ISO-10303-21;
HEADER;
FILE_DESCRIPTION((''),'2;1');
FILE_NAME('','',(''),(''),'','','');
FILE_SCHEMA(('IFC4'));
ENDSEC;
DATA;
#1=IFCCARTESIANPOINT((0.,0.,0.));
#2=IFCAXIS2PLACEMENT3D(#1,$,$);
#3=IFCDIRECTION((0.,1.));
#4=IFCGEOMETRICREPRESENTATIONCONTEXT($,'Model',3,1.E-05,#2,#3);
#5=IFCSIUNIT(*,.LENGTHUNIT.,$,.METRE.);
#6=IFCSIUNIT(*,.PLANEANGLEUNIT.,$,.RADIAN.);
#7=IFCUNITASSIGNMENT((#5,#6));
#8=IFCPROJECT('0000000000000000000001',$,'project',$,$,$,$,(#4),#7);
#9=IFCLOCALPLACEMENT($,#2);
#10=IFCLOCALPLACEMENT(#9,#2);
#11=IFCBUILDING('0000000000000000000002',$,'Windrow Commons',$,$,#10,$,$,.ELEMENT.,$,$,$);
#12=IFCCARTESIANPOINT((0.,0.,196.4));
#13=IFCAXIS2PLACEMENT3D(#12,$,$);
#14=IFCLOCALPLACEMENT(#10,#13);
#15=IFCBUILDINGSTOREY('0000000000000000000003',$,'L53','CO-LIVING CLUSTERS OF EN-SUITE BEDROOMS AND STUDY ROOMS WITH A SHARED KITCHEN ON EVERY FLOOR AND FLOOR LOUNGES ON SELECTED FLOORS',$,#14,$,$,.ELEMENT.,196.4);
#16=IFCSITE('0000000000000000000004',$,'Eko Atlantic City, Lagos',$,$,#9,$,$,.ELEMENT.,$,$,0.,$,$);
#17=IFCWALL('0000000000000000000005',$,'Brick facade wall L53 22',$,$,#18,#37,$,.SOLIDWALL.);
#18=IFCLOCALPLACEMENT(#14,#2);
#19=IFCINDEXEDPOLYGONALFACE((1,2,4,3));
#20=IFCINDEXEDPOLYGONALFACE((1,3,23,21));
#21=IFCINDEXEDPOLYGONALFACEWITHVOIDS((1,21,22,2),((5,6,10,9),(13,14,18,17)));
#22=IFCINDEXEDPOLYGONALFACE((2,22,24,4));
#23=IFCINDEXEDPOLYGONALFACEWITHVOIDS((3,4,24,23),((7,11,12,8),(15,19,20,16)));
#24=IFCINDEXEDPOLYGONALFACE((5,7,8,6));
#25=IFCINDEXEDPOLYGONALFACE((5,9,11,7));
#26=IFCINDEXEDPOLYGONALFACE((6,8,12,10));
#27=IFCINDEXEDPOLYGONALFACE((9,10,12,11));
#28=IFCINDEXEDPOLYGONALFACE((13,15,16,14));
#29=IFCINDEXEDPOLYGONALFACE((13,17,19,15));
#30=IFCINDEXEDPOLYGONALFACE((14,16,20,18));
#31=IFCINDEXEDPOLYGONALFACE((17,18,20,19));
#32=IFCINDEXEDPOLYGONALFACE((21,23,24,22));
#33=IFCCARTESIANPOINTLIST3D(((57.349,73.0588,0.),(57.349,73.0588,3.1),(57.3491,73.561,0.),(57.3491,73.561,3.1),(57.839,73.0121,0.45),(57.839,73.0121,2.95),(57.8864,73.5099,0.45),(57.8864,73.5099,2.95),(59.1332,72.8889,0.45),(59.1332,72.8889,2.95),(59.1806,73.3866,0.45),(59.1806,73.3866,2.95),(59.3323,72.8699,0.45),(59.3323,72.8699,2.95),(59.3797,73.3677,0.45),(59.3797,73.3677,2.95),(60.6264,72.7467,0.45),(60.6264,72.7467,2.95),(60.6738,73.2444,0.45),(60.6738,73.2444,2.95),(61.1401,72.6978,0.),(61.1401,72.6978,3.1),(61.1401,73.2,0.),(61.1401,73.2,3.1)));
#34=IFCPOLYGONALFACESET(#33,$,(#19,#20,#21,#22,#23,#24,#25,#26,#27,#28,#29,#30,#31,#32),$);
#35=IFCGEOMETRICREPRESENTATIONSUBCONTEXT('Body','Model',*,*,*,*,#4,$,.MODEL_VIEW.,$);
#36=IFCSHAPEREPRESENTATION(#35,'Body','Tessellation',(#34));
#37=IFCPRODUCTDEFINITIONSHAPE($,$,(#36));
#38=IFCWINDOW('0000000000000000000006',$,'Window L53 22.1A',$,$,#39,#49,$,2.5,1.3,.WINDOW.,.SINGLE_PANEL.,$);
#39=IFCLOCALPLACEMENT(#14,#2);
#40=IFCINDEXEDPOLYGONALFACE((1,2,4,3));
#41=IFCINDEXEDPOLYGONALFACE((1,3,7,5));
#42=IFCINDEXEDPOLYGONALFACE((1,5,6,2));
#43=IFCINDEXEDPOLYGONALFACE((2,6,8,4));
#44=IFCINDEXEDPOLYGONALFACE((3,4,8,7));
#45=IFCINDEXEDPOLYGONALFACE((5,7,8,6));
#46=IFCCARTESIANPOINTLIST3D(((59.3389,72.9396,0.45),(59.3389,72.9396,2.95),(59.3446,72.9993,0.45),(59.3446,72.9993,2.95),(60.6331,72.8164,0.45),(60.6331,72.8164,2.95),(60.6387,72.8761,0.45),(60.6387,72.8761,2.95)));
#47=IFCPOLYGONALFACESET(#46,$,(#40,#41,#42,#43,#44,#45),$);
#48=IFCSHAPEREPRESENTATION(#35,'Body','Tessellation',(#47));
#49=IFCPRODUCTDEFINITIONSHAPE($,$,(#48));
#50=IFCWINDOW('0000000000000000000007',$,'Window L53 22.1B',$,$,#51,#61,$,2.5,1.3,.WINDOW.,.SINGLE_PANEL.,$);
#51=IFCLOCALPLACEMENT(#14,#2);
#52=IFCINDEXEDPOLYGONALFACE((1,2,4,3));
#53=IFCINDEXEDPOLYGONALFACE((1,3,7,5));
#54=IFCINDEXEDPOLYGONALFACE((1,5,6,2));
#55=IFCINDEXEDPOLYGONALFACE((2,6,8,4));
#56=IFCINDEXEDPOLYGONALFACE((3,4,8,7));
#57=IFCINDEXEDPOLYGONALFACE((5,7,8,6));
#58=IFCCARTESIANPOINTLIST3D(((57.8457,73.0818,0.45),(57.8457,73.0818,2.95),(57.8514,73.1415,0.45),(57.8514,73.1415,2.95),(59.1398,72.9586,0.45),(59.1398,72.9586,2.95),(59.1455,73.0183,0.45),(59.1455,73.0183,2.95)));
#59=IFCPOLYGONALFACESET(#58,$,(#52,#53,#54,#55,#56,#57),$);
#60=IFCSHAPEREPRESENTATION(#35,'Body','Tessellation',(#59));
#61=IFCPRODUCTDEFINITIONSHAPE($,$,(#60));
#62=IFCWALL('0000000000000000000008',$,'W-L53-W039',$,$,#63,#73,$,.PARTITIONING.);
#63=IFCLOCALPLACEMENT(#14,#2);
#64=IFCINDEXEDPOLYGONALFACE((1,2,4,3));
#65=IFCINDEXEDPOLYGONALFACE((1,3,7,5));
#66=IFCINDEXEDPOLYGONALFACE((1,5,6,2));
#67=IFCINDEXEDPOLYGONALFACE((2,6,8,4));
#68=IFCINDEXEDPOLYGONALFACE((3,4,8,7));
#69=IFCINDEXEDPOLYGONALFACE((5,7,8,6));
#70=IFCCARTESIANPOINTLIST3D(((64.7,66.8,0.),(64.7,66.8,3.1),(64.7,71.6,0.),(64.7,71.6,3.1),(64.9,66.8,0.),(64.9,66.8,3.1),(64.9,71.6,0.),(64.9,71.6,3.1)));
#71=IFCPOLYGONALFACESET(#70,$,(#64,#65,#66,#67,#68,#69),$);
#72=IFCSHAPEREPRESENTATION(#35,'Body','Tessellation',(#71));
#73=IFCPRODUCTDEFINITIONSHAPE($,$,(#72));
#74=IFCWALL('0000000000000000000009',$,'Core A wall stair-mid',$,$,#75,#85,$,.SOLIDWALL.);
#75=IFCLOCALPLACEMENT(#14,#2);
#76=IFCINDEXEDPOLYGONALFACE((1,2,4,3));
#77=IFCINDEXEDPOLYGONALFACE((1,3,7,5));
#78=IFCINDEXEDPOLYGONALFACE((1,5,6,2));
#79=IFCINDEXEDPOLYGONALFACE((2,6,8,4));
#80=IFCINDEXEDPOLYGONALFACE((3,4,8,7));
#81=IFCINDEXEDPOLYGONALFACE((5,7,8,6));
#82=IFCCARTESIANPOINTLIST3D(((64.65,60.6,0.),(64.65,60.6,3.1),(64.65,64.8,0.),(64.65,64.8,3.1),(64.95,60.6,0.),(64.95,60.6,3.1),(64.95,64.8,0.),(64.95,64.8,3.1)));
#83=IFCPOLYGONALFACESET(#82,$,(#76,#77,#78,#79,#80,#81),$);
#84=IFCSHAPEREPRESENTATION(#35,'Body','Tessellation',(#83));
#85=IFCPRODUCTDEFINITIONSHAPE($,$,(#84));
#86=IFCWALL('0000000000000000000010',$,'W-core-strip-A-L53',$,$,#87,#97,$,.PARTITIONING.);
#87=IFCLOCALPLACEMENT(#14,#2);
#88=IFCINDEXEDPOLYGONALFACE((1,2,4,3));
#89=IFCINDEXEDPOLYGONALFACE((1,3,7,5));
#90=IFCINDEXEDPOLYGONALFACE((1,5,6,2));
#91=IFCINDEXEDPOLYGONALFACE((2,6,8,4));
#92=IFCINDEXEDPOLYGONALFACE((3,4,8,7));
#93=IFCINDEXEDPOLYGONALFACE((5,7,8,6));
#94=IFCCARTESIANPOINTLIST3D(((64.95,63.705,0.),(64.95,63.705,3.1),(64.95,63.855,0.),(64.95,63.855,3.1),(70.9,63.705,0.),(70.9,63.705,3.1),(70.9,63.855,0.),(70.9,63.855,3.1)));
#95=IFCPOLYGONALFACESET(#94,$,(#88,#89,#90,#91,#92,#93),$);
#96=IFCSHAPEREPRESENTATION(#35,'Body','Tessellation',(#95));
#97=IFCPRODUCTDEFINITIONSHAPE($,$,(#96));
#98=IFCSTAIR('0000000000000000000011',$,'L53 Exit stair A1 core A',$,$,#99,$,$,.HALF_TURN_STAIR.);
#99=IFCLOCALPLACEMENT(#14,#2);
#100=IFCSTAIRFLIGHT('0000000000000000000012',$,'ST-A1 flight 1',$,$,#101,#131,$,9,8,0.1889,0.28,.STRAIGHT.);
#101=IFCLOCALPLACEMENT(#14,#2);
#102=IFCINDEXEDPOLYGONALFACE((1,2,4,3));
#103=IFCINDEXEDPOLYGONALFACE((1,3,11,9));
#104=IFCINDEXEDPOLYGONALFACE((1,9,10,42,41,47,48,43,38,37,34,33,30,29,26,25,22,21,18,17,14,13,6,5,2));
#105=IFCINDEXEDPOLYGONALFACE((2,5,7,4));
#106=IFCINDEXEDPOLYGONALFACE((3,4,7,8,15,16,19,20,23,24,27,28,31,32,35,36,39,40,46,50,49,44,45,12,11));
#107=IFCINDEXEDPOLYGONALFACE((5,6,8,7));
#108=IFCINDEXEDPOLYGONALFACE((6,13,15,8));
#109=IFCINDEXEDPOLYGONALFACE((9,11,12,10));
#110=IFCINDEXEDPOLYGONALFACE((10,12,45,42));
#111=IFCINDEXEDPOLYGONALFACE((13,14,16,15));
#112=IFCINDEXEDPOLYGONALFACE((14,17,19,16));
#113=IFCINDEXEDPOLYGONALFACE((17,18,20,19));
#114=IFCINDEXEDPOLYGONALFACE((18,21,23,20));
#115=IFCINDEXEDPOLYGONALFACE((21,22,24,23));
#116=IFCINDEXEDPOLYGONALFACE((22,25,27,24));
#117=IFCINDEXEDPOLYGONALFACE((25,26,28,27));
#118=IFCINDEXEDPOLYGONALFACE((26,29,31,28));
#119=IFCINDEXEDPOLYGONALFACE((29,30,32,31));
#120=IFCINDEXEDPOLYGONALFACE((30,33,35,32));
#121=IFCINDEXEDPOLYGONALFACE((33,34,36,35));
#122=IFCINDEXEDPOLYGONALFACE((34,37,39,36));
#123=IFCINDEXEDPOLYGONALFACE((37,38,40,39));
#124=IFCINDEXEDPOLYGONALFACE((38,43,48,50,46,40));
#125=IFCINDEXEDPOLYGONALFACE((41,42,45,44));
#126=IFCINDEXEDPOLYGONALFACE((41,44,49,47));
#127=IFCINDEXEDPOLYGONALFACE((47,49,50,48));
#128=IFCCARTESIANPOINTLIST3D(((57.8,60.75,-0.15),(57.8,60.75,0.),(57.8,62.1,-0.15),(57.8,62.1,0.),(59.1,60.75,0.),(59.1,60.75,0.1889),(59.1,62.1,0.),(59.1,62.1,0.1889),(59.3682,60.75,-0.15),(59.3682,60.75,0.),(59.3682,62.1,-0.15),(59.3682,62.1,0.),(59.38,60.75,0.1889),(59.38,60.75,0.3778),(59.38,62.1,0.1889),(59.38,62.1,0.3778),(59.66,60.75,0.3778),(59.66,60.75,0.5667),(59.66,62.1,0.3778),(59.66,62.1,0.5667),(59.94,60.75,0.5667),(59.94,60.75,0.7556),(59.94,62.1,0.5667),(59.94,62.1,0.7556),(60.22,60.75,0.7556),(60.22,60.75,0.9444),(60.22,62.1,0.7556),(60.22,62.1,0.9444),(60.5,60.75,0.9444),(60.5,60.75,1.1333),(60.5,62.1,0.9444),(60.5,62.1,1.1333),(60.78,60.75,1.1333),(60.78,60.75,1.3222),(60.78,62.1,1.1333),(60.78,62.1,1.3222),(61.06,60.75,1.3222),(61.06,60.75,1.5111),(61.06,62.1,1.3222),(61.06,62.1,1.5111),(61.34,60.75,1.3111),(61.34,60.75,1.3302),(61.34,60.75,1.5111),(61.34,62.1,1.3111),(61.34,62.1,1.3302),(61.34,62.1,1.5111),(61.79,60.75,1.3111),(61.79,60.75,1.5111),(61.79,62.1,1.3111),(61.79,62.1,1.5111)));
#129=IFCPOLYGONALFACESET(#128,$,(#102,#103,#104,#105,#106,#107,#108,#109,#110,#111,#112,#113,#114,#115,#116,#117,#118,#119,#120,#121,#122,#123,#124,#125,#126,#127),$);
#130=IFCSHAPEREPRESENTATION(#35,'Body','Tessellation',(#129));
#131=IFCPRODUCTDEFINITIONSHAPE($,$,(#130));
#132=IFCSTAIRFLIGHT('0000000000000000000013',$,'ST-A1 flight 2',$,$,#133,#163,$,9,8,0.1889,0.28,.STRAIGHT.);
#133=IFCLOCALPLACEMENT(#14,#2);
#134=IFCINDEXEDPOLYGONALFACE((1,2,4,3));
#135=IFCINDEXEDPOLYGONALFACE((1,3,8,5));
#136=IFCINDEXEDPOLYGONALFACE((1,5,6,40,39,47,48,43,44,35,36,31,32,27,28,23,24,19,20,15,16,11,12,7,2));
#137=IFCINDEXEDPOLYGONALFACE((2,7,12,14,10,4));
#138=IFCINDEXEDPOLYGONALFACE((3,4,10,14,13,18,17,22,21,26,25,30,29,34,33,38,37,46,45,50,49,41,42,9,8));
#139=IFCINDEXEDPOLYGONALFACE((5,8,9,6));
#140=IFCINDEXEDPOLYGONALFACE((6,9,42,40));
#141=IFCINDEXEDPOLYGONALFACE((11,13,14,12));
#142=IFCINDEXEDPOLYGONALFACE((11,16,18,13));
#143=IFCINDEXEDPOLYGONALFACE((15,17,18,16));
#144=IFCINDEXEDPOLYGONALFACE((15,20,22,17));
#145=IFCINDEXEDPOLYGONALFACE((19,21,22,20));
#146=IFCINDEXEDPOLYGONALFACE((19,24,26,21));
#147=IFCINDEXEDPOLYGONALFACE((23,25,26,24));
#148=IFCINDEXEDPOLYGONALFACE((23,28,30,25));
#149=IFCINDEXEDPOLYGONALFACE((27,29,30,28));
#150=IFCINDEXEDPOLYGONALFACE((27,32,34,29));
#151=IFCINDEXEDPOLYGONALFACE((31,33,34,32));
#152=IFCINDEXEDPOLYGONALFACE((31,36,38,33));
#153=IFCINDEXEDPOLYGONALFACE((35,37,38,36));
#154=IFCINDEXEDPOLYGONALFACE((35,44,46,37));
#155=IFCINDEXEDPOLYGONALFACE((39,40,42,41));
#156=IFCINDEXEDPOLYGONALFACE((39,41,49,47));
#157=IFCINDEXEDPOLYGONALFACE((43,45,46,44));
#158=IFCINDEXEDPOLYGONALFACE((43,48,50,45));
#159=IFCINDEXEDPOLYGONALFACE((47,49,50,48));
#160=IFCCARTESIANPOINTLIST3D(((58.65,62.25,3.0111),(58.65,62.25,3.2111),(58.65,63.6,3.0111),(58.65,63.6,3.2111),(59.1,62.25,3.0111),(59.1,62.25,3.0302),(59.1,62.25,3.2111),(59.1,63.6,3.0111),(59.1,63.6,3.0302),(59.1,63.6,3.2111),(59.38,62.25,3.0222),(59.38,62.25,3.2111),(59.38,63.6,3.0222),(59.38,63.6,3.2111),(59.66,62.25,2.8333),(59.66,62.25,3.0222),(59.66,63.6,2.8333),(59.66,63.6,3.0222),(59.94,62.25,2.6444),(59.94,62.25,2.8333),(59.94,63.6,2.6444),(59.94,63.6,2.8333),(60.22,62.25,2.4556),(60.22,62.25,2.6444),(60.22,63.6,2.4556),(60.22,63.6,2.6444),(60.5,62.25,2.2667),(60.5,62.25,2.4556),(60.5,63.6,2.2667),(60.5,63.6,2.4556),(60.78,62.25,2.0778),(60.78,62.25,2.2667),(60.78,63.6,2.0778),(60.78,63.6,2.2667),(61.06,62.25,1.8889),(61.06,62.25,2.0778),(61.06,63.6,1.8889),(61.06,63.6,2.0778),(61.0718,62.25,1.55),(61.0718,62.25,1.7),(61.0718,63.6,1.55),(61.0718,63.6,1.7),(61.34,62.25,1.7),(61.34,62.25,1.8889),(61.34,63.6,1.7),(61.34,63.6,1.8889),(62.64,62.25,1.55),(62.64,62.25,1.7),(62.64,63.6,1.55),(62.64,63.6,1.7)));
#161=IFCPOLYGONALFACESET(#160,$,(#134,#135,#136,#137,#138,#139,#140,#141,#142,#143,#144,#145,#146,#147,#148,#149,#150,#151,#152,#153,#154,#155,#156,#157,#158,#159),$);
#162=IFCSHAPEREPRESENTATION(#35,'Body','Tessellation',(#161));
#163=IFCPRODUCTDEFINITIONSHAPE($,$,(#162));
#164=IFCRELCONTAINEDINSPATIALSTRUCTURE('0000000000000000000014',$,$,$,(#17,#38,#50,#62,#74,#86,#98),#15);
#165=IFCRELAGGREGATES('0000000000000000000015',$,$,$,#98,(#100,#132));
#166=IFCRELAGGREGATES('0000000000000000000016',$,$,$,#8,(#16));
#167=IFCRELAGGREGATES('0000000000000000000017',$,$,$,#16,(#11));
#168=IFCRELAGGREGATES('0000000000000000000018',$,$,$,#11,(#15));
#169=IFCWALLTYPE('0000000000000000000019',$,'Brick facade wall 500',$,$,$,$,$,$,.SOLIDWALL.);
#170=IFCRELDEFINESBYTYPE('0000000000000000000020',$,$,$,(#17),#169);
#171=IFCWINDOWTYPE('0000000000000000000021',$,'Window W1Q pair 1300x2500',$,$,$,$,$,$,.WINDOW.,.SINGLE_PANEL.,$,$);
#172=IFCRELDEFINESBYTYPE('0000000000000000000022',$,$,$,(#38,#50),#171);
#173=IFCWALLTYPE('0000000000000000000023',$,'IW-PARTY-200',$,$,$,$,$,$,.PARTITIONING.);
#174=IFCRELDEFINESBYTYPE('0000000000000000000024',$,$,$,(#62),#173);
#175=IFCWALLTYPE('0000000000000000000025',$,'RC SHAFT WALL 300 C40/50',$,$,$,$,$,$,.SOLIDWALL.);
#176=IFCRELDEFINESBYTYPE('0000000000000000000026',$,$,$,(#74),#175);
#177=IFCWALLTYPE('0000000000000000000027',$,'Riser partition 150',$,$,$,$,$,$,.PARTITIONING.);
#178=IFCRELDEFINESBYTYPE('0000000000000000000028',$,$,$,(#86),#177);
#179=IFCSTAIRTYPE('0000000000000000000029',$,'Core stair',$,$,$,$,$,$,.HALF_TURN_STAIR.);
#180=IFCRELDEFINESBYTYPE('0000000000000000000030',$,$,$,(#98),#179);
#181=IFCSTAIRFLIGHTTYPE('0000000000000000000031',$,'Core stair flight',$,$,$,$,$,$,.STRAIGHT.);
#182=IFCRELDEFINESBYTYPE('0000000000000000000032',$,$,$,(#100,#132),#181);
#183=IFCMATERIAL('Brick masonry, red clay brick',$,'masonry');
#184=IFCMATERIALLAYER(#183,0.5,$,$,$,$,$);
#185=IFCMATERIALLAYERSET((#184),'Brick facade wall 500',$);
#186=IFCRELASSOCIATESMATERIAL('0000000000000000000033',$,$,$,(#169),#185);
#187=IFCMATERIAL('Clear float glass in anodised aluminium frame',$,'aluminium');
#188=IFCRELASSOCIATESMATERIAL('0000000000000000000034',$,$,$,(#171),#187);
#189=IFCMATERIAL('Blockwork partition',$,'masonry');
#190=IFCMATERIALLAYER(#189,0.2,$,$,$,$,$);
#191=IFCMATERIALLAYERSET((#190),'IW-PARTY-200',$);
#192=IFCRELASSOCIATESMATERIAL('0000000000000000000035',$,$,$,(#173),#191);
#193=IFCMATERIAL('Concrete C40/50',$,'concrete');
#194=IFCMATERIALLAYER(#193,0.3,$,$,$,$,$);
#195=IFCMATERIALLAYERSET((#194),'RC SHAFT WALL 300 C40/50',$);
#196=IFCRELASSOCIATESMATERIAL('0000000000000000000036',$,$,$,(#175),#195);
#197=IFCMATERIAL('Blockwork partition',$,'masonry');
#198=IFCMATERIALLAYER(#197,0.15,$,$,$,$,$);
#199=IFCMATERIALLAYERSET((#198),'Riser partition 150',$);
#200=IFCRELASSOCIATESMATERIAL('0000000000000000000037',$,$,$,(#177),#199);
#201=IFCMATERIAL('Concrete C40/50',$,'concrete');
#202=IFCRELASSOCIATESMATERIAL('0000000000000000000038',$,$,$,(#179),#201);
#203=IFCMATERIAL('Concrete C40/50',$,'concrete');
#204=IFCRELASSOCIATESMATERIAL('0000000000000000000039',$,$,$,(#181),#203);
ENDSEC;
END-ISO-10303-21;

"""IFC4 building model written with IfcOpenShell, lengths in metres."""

from ifc_helpers import new_model, si_unit, direction, frame, frame_2d, origin, place, context, subcontext, project, spatial, polyline, rectangle, outline, extrude, material, layer, layer_set, type_object, element, fill, aggregate, save


model = new_model("IFC4")

# Units and contexts
model_context = context("Model", 3, precision=1e-05, world=origin(), true_north=direction((0.0, 1.0)))
body_context = subcontext(model_context, "Body", "Model", "MODEL_VIEW")
ifc_project = project(units=[si_unit("LENGTHUNIT", "METRE"), si_unit("PLANEANGLEUNIT", "RADIAN")], contexts=[model_context])

# Site, building, storey
site_placement = place(None, origin())
site = spatial("IfcSite", under=ifc_project, at=site_placement, Name="Eko Atlantic City, Lagos", CompositionType="ELEMENT", RefElevation=0.0)
building_placement = place(site_placement, origin())
building = spatial("IfcBuilding", under=site, at=building_placement, Name="Windrow Commons", CompositionType="ELEMENT")
storey_placement = place(building_placement, frame((0.0, 0.0, 196.4)))
storey = spatial("IfcBuildingStorey", under=building, at=storey_placement, Name="L53", Description="CO-LIVING CLUSTERS OF EN-SUITE BEDROOMS AND STUDY ROOMS WITH A SHARED KITCHEN ON EVERY FLOOR AND FLOOR LOUNGES ON SELECTED FLOORS", CompositionType="ELEMENT", Elevation=196.4)

# Wall, openings, windows
ifc_material_1 = material(Name="Brick masonry, red clay brick", Category="masonry")
ifc_layer_1 = layer(ifc_material_1, 0.5)
ifc_layer_set_1 = layer_set([ifc_layer_1], Name="Brick facade wall 500")
wall_type_1 = type_object("IfcWallType", Name="Brick facade wall 500", PredefinedType="SOLIDWALL", material=ifc_layer_set_1)
ifc_material_2 = material(Name="Clear float glass in anodised aluminium frame", Category="aluminium")
window_type = type_object("IfcWindowType", Name="Window W1Q pair 1300x2500", PartitioningType="SINGLE_PANEL", PredefinedType="WINDOW", material=ifc_material_2)
wall_1_placement = place(storey_placement, frame((61.1401, 72.9489, 0.0), z_axis=(0.0, 0.0, 1.0), x_axis=(-0.995497, 0.094797, 0.0)))
wall_1 = element("IfcWall", 1, at=wall_1_placement, inside=storey, type_object=wall_type_1, Name="Brick facade wall L53 22", PredefinedType="SOLIDWALL", context=body_context, shape_type="SweptSolid", body=[
    extrude(outline(polyline([(0.0238, -0.25), (3.832, -0.25), (3.7844, 0.25), (-0.0238, 0.25), (0.0238, -0.25)])), origin(), (0.0, 0.0, 1.0), 3.1),
])
opening_1_placement = place(wall_1_placement, frame((0.4922, 0.0, 0.45)))
opening_1 = element("IfcOpeningElement", 2, at=opening_1_placement, cuts=wall_1, PredefinedType="OPENING", context=body_context, shape_type="SweptSolid", body=[
    extrude(rectangle(XDim=1.3, YDim=2.5, at=frame_2d((0.65, 1.25))), frame((0.0, 0.26, 0.0), z_axis=(0.0, -1.0, 0.0), x_axis=(1.0, 0.0, 0.0)), (0.0, 0.0, 1.0), 0.52),
])
opening_2_placement = place(wall_1_placement, frame((1.9922, 0.0, 0.45)))
opening_2 = element("IfcOpeningElement", 3, at=opening_2_placement, cuts=wall_1, PredefinedType="OPENING", context=body_context, shape_type="SweptSolid", body=[
    extrude(rectangle(XDim=1.3, YDim=2.5, at=frame_2d((0.65, 1.25))), frame((0.0, 0.26, 0.0), z_axis=(0.0, -1.0, 0.0), x_axis=(1.0, 0.0, 0.0)), (0.0, 0.0, 1.0), 0.52),
])
window_1_placement = place(opening_1_placement, origin())
window_1 = element("IfcWindow", 4, at=window_1_placement, inside=storey, type_object=window_type, Name="Window L53 22.1A", OverallHeight=2.5, OverallWidth=1.3, PartitioningType="SINGLE_PANEL", PredefinedType="WINDOW", context=body_context, shape_type="SweptSolid", body=[
    extrude(rectangle(XDim=1.3, YDim=2.5, at=frame_2d((0.65, 1.25))), frame((0.0, 0.18, 0.0), z_axis=(0.0, -1.0, 0.0), x_axis=(1.0, 0.0, 0.0)), (0.0, 0.0, 1.0), 0.06),
])
fill(opening_1, window_1)
window_2_placement = place(opening_2_placement, origin())
window_2 = element("IfcWindow", 5, at=window_2_placement, inside=storey, type_object=window_type, Name="Window L53 22.1B", OverallHeight=2.5, OverallWidth=1.3, PartitioningType="SINGLE_PANEL", PredefinedType="WINDOW", context=body_context, shape_type="SweptSolid", body=[
    extrude(rectangle(XDim=1.3, YDim=2.5, at=frame_2d((0.65, 1.25))), frame((0.0, 0.18, 0.0), z_axis=(0.0, -1.0, 0.0), x_axis=(1.0, 0.0, 0.0)), (0.0, 0.0, 1.0), 0.06),
])
fill(opening_2, window_2)

# Walls
ifc_material_3 = material(Name="Blockwork partition", Category="masonry")
ifc_layer_2 = layer(ifc_material_3, 0.2)
ifc_layer_set_2 = layer_set([ifc_layer_2], Name="IW-PARTY-200")
wall_type_2 = type_object("IfcWallType", Name="IW-PARTY-200", PredefinedType="PARTITIONING", material=ifc_layer_set_2)
wall_2_placement = place(storey_placement, frame((64.8, 66.8, 0.0), z_axis=(0.0, 0.0, 1.0), x_axis=(0.0, 1.0, 0.0)))
element("IfcWall", 6, at=wall_2_placement, inside=storey, type_object=wall_type_2, Name="W-L53-W039", PredefinedType="PARTITIONING", context=body_context, shape_type="SweptSolid", body=[
    extrude(rectangle(XDim=4.8, YDim=0.2, at=frame_2d((2.4, 0.0))), origin(), (0.0, 0.0, 1.0), 3.1),
])
ifc_material_4 = material(Name="Concrete C40/50", Category="concrete")
ifc_layer_3 = layer(ifc_material_4, 0.3)
ifc_layer_set_3 = layer_set([ifc_layer_3], Name="RC SHAFT WALL 300 C40/50")
wall_type_3 = type_object("IfcWallType", Name="RC SHAFT WALL 300 C40/50", PredefinedType="SOLIDWALL", material=ifc_layer_set_3)
wall_3_placement = place(storey_placement, frame((64.8, 60.6, 0.0), z_axis=(0.0, 0.0, 1.0), x_axis=(0.0, 1.0, 0.0)))
element("IfcWall", 7, at=wall_3_placement, inside=storey, type_object=wall_type_3, Name="Core A wall stair-mid", PredefinedType="SOLIDWALL", context=body_context, shape_type="SweptSolid", body=[
    extrude(rectangle(XDim=4.2, YDim=0.3, at=frame_2d((2.1, 0.0))), origin(), (0.0, 0.0, 1.0), 3.1),
])
ifc_material_5 = material(Name="Blockwork partition", Category="masonry")
ifc_layer_4 = layer(ifc_material_5, 0.15)
ifc_layer_set_4 = layer_set([ifc_layer_4], Name="Riser partition 150")
wall_type_4 = type_object("IfcWallType", Name="Riser partition 150", PredefinedType="PARTITIONING", material=ifc_layer_set_4)
wall_4_placement = place(storey_placement, frame((64.95, 63.78, 0.0), z_axis=(0.0, 0.0, 1.0), x_axis=(1.0, 0.0, 0.0)))
element("IfcWall", 8, at=wall_4_placement, inside=storey, type_object=wall_type_4, Name="W-core-strip-A-L53", PredefinedType="PARTITIONING", context=body_context, shape_type="SweptSolid", body=[
    extrude(rectangle(XDim=5.95, YDim=0.15, at=frame_2d((2.975, 0.0))), origin(), (0.0, 0.0, 1.0), 3.1),
])

# Stair, stair flights
ifc_material_6 = material(Name="Concrete C40/50", Category="concrete")
stair_type = type_object("IfcStairType", Name="Core stair", PredefinedType="HALF_TURN_STAIR", material=ifc_material_6)
placement = place(storey_placement, origin())
stair_1 = element("IfcStair", 9, at=placement, inside=storey, type_object=stair_type, Name="L53 Exit stair A1 core A", PredefinedType="HALF_TURN_STAIR")
ifc_material_7 = material(Name="Concrete C40/50", Category="concrete")
stair_flight_type = type_object("IfcStairFlightType", Name="Core stair flight", PredefinedType="STRAIGHT", material=ifc_material_7)
stair_flight_1_placement = place(storey_placement, frame((59.1, 61.425, 0.0), z_axis=(0.0, 0.0, 1.0), x_axis=(1.0, 0.0, 0.0)))
stair_flight_1 = element("IfcStairFlight", 10, at=stair_flight_1_placement, type_object=stair_flight_type, Name="ST-A1 flight 1", NumberOfRisers=9, NumberOfTreads=8, PredefinedType="STRAIGHT", RiserHeight=0.1889, TreadLength=0.28, context=body_context, shape_type="SweptSolid", body=[
    extrude(outline(polyline([(-1.3, -0.15), (-1.3, 0.0), (0.0, 0.0), (0.0, 0.1889), (0.28, 0.1889), (0.28, 0.3778), (0.56, 0.3778), (0.56, 0.5667), (0.84, 0.5667), (0.84, 0.7556), (1.12, 0.7556), (1.12, 0.9444), (1.4, 0.9444), (1.4, 1.1333), (1.68, 1.1333), (1.68, 1.3222), (1.96, 1.3222), (1.96, 1.5111), (2.24, 1.5111), (2.69, 1.5111), (2.69, 1.3111), (2.24, 1.3111), (2.24, 1.3302), (0.2682, 0.0), (0.2682, -0.15), (-1.3, -0.15)])), frame((0.0, 0.675, 0.0), z_axis=(0.0, -1.0, 0.0), x_axis=(1.0, 0.0, 0.0)), (0.0, 0.0, 1.0), 1.35),
])
stair_flight_2_placement = place(storey_placement, frame((61.34, 62.925, 1.7), z_axis=(0.0, 0.0, 1.0), x_axis=(-1.0, 0.0, 0.0)))
stair_flight_2 = element("IfcStairFlight", 11, at=stair_flight_2_placement, type_object=stair_flight_type, Name="ST-A1 flight 2", NumberOfRisers=9, NumberOfTreads=8, PredefinedType="STRAIGHT", RiserHeight=0.1889, TreadLength=0.28, context=body_context, shape_type="SweptSolid", body=[
    extrude(outline(polyline([(-1.3, -0.15), (-1.3, 0.0), (0.0, 0.0), (0.0, 0.1889), (0.28, 0.1889), (0.28, 0.3778), (0.56, 0.3778), (0.56, 0.5667), (0.84, 0.5667), (0.84, 0.7556), (1.12, 0.7556), (1.12, 0.9444), (1.4, 0.9444), (1.4, 1.1333), (1.68, 1.1333), (1.68, 1.3222), (1.96, 1.3222), (1.96, 1.5111), (2.24, 1.5111), (2.69, 1.5111), (2.69, 1.3111), (2.24, 1.3111), (2.24, 1.3302), (0.2682, 0.0), (0.2682, -0.15), (-1.3, -0.15)])), frame((0.0, 0.675, 0.0), z_axis=(0.0, -1.0, 0.0), x_axis=(1.0, 0.0, 0.0)), (0.0, 0.0, 1.0), 1.35),
])
aggregate(stair_1, [stair_flight_1, stair_flight_2])

save(model, "model.ifc")
